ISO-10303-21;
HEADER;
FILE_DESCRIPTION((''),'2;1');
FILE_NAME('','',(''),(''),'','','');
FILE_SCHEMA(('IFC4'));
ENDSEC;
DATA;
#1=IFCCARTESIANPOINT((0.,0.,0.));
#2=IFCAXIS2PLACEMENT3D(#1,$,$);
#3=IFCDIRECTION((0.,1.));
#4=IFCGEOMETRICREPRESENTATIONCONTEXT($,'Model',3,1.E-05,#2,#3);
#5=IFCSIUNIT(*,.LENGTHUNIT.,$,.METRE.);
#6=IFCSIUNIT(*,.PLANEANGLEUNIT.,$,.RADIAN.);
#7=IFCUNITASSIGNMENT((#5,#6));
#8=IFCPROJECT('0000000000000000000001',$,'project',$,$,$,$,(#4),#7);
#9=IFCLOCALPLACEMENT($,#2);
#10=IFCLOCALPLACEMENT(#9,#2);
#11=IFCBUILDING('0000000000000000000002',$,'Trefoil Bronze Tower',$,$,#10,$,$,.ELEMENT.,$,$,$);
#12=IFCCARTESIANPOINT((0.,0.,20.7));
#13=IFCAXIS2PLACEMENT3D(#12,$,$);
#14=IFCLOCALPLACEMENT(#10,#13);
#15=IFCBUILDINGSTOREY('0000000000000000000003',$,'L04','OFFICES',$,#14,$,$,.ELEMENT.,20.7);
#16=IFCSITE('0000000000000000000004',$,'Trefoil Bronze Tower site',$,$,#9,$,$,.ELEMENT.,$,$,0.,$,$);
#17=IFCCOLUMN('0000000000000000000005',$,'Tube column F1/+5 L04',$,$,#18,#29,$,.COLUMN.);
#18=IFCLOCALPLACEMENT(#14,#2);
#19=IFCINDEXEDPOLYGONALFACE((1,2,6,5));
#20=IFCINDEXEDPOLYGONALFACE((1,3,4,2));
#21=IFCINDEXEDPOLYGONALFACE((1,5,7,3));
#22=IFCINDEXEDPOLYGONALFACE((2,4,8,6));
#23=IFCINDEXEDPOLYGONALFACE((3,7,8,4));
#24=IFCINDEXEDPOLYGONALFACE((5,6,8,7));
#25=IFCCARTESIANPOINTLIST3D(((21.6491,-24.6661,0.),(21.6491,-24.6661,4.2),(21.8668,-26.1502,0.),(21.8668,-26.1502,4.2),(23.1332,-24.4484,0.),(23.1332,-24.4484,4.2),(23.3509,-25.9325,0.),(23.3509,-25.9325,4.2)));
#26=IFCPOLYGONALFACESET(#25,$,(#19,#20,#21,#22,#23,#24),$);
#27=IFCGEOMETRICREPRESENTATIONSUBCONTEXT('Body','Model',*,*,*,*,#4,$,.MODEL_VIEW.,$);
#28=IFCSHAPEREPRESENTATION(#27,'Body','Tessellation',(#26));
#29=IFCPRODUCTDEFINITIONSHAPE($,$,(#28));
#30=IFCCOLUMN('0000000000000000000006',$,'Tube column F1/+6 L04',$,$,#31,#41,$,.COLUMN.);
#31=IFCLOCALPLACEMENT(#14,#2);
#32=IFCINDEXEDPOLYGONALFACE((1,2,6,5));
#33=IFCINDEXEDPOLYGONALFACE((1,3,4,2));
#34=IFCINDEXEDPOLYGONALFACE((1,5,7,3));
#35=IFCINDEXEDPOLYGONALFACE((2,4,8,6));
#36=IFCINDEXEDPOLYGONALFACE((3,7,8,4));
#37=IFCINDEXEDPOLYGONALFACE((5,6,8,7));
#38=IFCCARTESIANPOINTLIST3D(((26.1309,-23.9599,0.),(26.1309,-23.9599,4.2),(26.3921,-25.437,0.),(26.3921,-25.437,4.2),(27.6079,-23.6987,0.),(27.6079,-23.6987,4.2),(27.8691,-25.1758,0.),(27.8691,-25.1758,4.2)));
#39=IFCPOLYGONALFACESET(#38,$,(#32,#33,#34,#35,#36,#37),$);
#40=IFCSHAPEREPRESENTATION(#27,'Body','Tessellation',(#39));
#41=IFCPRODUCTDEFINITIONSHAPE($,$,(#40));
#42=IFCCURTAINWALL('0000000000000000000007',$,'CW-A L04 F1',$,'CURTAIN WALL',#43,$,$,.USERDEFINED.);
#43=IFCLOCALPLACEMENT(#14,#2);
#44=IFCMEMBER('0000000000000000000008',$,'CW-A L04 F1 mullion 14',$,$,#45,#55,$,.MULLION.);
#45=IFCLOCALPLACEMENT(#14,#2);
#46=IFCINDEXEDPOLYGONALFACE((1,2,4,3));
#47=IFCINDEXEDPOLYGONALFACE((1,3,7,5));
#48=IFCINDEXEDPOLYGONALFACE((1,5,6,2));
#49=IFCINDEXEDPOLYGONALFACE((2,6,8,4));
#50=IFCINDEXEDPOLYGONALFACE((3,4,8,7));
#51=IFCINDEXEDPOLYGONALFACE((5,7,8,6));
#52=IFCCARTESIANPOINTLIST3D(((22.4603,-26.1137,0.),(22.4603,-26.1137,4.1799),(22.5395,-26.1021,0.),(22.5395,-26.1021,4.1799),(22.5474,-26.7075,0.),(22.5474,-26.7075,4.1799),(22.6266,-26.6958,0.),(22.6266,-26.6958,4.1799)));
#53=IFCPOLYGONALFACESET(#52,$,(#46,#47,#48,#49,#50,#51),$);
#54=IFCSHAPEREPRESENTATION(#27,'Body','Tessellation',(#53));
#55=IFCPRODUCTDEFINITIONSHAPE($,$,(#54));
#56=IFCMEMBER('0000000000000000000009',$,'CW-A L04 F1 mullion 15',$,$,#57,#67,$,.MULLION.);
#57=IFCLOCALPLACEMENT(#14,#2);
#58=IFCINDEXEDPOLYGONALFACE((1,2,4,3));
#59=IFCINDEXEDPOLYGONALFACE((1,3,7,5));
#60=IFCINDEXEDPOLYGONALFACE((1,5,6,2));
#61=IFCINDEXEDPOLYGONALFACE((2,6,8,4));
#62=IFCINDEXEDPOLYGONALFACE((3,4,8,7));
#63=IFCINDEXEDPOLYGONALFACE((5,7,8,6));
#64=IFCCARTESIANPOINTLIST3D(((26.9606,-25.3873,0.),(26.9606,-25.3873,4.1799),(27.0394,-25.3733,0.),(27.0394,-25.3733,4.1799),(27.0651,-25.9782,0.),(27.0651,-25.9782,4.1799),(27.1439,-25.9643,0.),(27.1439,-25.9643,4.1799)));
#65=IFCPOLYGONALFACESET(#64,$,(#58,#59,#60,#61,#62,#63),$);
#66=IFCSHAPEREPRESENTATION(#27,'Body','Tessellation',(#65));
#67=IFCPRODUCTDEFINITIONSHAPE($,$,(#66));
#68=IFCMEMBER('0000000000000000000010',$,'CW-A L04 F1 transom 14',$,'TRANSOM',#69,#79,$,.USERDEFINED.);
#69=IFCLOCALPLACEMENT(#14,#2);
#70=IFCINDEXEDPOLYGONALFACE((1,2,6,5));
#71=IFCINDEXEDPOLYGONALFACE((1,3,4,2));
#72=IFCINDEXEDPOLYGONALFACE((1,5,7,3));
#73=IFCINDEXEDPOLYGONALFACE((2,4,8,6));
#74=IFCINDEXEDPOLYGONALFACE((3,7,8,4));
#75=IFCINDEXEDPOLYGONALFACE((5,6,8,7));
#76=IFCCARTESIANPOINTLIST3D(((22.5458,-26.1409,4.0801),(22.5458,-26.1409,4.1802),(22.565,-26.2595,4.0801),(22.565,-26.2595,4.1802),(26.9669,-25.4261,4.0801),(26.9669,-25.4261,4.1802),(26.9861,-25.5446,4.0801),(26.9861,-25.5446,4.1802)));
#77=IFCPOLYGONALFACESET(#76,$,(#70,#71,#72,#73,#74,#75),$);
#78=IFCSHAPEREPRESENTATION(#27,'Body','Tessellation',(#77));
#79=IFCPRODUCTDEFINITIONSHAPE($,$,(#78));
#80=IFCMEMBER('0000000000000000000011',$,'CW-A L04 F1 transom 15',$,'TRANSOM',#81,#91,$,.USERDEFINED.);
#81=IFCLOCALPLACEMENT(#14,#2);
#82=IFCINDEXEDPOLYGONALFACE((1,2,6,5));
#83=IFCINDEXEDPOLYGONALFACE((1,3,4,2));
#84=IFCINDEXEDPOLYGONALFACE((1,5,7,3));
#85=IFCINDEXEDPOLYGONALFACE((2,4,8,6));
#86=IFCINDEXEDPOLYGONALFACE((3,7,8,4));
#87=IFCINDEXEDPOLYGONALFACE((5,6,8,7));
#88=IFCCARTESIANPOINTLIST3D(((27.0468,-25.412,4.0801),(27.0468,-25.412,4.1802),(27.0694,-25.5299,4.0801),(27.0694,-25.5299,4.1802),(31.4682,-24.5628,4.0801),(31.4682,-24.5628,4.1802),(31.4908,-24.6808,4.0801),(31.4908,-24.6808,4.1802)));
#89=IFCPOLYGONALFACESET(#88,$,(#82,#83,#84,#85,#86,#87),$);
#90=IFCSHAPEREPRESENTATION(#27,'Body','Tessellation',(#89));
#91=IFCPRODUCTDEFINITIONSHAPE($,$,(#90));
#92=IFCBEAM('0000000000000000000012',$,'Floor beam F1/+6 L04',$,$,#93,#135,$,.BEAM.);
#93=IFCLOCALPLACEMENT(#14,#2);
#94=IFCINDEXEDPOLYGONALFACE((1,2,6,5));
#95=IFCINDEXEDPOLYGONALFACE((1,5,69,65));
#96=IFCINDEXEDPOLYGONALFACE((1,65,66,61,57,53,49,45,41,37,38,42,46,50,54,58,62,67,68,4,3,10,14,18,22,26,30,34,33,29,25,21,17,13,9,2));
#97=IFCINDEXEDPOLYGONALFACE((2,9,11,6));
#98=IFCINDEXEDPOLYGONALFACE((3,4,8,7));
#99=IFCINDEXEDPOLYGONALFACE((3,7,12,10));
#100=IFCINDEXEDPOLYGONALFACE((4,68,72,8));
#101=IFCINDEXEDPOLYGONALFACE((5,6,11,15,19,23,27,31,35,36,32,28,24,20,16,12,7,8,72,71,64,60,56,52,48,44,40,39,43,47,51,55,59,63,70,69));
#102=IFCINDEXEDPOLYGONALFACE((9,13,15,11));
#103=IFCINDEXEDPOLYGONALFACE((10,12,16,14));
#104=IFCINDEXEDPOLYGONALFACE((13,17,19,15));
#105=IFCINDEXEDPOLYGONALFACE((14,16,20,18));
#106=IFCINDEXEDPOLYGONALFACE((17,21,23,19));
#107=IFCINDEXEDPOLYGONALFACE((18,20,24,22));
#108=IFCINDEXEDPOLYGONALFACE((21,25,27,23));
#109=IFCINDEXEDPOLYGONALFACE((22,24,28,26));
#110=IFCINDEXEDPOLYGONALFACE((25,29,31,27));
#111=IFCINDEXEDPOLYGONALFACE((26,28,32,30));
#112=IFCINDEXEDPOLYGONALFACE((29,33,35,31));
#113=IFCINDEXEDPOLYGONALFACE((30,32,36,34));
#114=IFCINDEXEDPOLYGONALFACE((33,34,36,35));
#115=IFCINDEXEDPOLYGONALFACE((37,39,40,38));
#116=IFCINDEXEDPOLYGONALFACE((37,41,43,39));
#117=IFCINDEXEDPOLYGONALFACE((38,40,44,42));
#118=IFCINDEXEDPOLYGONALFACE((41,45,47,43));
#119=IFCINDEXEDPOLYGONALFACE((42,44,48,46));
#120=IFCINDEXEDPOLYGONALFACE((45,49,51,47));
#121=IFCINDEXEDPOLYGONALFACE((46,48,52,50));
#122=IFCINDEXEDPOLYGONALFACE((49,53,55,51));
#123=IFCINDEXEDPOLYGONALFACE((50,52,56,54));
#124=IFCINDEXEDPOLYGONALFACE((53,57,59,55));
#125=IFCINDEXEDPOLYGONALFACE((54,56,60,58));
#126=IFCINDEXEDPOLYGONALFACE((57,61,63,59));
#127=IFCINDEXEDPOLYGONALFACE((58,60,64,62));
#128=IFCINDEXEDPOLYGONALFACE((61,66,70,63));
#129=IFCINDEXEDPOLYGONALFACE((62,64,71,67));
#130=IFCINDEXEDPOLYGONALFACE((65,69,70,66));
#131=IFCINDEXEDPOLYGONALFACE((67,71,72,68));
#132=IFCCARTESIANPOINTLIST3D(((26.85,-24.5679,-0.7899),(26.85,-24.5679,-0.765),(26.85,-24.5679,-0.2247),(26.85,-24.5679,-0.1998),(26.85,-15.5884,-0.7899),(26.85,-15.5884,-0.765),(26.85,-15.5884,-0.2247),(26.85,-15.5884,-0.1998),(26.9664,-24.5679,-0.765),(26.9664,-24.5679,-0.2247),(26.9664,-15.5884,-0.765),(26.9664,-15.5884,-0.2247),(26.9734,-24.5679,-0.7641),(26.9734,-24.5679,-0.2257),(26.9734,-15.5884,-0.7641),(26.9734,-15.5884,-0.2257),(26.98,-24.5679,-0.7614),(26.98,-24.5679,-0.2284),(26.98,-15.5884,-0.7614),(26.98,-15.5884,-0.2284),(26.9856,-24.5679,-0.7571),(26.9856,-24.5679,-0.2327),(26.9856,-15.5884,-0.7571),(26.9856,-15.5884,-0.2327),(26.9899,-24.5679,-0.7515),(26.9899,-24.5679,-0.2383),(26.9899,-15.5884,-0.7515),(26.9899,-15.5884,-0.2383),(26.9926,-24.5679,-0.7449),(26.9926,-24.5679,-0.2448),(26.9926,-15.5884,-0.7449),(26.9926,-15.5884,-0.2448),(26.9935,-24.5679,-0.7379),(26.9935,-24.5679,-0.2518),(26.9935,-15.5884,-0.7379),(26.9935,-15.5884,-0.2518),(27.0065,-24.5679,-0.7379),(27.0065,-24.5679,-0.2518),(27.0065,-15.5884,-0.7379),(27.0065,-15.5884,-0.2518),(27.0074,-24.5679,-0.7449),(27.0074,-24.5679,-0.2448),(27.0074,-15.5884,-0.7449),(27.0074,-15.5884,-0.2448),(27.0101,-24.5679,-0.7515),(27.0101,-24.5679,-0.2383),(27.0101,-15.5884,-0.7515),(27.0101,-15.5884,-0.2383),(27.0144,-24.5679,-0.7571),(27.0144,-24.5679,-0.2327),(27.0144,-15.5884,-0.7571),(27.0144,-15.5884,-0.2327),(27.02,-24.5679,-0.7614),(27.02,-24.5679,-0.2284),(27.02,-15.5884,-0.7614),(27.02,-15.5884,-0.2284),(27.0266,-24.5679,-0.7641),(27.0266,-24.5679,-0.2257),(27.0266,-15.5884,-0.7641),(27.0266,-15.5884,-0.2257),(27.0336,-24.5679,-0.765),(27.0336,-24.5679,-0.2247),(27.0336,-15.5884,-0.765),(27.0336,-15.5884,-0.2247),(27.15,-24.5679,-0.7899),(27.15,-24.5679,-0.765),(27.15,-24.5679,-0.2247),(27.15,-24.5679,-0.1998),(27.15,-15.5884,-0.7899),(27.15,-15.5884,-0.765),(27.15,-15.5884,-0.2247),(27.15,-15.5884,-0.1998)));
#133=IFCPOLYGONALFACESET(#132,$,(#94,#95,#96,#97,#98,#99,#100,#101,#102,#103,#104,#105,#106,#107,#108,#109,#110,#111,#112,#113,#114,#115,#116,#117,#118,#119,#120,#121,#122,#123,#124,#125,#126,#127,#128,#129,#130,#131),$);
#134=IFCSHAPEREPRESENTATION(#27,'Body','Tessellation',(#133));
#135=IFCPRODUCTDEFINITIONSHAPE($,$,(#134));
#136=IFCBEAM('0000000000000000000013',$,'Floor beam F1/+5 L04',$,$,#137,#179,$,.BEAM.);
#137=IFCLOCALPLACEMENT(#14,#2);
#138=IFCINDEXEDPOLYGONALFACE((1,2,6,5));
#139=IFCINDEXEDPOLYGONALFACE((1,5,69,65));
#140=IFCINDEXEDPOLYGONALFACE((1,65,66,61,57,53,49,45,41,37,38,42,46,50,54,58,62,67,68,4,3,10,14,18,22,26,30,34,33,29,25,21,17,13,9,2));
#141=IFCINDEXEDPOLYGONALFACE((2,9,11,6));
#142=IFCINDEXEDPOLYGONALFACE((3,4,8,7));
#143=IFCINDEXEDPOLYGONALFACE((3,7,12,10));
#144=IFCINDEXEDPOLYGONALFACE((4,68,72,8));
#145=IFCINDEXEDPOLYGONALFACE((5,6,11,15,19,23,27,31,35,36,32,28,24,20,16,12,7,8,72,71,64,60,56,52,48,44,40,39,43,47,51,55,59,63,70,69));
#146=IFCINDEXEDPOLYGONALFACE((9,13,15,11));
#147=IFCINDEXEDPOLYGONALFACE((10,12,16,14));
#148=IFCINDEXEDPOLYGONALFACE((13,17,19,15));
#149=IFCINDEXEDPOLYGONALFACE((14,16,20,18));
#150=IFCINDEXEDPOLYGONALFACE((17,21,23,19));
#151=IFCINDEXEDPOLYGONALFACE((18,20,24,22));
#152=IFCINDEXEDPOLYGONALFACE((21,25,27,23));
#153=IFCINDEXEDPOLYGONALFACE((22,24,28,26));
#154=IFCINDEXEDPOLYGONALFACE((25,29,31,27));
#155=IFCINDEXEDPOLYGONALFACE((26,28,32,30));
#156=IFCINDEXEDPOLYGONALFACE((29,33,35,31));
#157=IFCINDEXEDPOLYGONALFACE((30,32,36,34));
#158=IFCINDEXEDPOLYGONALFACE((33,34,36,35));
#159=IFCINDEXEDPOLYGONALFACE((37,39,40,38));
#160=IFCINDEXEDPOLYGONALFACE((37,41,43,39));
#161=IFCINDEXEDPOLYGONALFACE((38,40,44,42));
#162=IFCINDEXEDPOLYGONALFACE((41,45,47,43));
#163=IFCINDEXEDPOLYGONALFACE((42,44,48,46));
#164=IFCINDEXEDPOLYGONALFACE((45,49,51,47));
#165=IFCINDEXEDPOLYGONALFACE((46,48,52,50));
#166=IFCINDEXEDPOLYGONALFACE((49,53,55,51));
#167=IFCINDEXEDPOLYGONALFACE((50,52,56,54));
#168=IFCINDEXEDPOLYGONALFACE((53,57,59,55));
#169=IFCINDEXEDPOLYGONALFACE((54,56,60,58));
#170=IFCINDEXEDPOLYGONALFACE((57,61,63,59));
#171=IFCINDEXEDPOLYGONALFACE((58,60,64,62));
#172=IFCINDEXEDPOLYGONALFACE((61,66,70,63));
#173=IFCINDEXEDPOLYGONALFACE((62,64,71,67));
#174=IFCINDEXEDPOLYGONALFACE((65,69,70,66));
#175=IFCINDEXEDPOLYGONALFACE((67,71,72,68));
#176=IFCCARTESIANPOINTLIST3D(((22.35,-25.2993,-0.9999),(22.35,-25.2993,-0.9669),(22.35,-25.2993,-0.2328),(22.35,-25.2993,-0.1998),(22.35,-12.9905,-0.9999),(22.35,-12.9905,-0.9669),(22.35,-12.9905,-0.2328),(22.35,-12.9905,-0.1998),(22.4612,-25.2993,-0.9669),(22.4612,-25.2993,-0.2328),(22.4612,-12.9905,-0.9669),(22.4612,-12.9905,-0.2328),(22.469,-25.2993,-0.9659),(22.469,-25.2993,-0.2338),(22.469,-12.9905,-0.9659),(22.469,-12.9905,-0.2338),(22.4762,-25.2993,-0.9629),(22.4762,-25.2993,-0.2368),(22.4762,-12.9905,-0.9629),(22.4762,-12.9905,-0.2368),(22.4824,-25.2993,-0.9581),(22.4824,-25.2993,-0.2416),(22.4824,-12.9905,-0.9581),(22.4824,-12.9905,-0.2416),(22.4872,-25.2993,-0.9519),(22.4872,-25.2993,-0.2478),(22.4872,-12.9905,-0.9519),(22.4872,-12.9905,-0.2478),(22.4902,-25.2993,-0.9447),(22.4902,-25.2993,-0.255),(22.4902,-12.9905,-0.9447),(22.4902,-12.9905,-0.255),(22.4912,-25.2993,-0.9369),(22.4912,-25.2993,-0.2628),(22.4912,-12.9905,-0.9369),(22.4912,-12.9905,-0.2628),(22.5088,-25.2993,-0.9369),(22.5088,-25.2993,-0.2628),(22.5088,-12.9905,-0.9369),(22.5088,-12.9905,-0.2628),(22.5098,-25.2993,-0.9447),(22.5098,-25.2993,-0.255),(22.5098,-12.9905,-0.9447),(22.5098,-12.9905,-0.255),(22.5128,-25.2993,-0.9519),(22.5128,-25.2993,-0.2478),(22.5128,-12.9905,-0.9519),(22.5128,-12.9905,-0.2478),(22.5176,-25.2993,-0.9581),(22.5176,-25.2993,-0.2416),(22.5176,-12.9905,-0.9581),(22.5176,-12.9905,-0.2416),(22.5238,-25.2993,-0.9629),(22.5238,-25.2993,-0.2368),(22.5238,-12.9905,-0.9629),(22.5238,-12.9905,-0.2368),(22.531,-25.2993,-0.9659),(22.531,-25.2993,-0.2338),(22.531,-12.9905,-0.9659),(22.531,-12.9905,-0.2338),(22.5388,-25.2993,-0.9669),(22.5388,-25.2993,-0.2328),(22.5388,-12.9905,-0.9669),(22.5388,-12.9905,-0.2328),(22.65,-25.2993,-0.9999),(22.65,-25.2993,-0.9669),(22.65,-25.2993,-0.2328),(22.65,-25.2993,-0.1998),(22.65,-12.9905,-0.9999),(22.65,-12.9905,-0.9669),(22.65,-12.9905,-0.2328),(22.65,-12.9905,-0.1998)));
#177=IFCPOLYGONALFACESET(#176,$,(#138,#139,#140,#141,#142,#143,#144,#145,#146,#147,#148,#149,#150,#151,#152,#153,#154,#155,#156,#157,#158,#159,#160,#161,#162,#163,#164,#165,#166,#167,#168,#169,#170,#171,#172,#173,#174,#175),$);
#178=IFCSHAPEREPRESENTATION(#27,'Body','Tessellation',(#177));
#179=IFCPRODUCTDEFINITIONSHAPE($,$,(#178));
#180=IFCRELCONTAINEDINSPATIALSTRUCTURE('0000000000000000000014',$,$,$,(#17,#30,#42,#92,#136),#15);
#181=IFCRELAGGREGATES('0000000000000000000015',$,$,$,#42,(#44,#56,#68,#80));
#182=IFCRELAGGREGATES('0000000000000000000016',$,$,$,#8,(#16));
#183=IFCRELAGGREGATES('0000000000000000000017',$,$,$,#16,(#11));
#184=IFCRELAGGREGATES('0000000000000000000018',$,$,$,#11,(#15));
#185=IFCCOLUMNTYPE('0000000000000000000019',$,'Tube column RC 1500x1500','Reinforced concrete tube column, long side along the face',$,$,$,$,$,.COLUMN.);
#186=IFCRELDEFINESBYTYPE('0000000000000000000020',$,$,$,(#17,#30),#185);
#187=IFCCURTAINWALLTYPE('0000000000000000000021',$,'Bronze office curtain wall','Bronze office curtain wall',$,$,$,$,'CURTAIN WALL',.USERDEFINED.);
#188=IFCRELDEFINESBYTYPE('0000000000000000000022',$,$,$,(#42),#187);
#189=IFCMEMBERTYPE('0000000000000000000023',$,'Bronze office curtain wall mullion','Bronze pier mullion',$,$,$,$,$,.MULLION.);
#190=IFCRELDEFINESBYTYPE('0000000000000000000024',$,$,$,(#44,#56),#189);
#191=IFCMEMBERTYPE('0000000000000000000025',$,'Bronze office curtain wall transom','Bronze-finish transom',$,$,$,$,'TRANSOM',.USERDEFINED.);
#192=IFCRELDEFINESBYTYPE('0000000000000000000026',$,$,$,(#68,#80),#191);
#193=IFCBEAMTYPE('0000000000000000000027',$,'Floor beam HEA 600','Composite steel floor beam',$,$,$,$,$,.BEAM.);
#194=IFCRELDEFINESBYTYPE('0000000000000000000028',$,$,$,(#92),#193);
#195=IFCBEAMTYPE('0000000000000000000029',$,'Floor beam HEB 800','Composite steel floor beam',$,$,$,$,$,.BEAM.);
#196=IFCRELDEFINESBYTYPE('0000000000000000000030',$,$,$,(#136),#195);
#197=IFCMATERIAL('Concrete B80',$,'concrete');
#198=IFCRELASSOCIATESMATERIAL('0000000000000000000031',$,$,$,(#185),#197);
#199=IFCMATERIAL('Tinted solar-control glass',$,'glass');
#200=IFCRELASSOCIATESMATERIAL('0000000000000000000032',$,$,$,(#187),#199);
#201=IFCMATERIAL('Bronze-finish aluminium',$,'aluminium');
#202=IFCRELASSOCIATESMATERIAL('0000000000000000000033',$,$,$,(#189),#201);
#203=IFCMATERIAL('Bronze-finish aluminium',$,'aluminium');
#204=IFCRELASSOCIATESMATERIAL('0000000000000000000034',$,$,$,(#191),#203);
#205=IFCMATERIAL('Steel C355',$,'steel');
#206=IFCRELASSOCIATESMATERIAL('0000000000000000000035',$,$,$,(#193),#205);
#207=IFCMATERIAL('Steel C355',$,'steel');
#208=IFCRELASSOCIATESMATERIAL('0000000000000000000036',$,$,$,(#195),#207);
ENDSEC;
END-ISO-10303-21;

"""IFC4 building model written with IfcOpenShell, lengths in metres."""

from ifc_helpers import new_model, si_unit, direction, frame, origin, origin_2d, place, context, subcontext, project, spatial, rectangle, i_section, extrude, material, material_profile, profile_set, type_object, element, aggregate, save


model = new_model("IFC4")

# Units and contexts
model_context = context("Model", 3, precision=1e-05, world=origin(), true_north=direction((0.0, 1.0)))
body_context = subcontext(model_context, "Body", "Model", "MODEL_VIEW")
ifc_project = project(units=[si_unit("LENGTHUNIT", "METRE"), si_unit("PLANEANGLEUNIT", "RADIAN")], contexts=[model_context])

# Site, building, storey
site_placement = place(None, origin())
site = spatial("IfcSite", under=ifc_project, at=site_placement, Name="Trefoil Bronze Tower site", CompositionType="ELEMENT", RefElevation=0.0)
building_placement = place(site_placement, origin())
building = spatial("IfcBuilding", under=site, at=building_placement, Name="Trefoil Bronze Tower", CompositionType="ELEMENT")
storey_placement = place(building_placement, frame((0.0, 0.0, 20.7)))
storey = spatial("IfcBuildingStorey", under=building, at=storey_placement, Name="L04", Description="OFFICES", CompositionType="ELEMENT", Elevation=20.7)

# Columns
ifc_material_1 = material(Name="Concrete B80", Category="concrete")
ifc_material_profile_1 = material_profile(ifc_material_1, rectangle(XDim=1.5, YDim=1.5, at=origin_2d()), Name="RC 1500x1500")
ifc_profile_set_1 = profile_set([ifc_material_profile_1], Name="Concrete B80")
column_type = type_object("IfcColumnType", Name="Tube column RC 1500x1500", Description="Reinforced concrete tube column, long side along the face", PredefinedType="COLUMN", material=ifc_profile_set_1)
for number, where, z_axis, x_axis, name in (
    (1, (22.5, -25.2993, 0.0), (0.0, 0.0, 1.0), (0.989416, 0.145109, 0.0), "Tube column F1/+5 L04"),
    (2, (27.0, -24.5679, 0.0), (0.0, 0.0, 1.0), (0.984722, 0.174131, 0.0), "Tube column F1/+6 L04"),
):
    element("IfcColumn", number, at=place(storey_placement, frame(where, z_axis=z_axis, x_axis=x_axis)), inside=storey, type_object=column_type, Name=name, PredefinedType="COLUMN", context=body_context, shape_type="SweptSolid", body=[
        extrude(rectangle(XDim=1.5, YDim=1.5, at=origin_2d()), origin(), (0.0, 0.0, 1.0), 4.2),
    ])

# Curtain wall, members
ifc_material_2 = material(Name="Tinted solar-control glass", Category="glass")
curtain_wall_type = type_object("IfcCurtainWallType", Name="Bronze office curtain wall", Description="Bronze office curtain wall", ElementType="CURTAIN WALL", PredefinedType="USERDEFINED", material=ifc_material_2)
curtain_wall_placement = place(storey_placement, origin())
curtain_wall = element("IfcCurtainWall", 3, at=curtain_wall_placement, inside=storey, type_object=curtain_wall_type, Name="CW-A L04 F1", ObjectType="CURTAIN WALL", PredefinedType="USERDEFINED")
ifc_material_3 = material(Name="Bronze-finish aluminium", Category="aluminium")
ifc_material_profile_2 = material_profile(ifc_material_3, rectangle(XDim=0.6001, YDim=0.0801, at=origin_2d()), Name="CW-A mullion")
ifc_profile_set_2 = profile_set([ifc_material_profile_2], Name="Bronze-finish aluminium")
member_type_1 = type_object("IfcMemberType", Name="Bronze office curtain wall mullion", Description="Bronze pier mullion", PredefinedType="MULLION", material=ifc_profile_set_2)
member_1_placement = place(storey_placement, frame((22.5435, -26.4048, 0.0), z_axis=(0.0, 0.0, 1.0), x_axis=(-0.145109, 0.989416, 0.0)))
member_1 = element("IfcMember", 4, at=member_1_placement, type_object=member_type_1, Name="CW-A L04 F1 mullion 14", PredefinedType="MULLION", context=body_context, shape_type="SweptSolid", body=[
    extrude(rectangle(XDim=0.6001, YDim=0.0801, at=origin_2d()), origin(), (0.0, 0.0, 1.0), 4.1799),
])
member_2_placement = place(storey_placement, frame((27.0522, -25.6758, 0.0), z_axis=(0.0, 0.0, 1.0), x_axis=(-0.174131, 0.984722, 0.0)))
member_2 = element("IfcMember", 5, at=member_2_placement, type_object=member_type_1, Name="CW-A L04 F1 mullion 15", PredefinedType="MULLION", context=body_context, shape_type="SweptSolid", body=[
    extrude(rectangle(XDim=0.6001, YDim=0.0801, at=origin_2d()), origin(), (0.0, 0.0, 1.0), 4.1799),
])
ifc_material_4 = material(Name="Bronze-finish aluminium", Category="aluminium")
ifc_material_profile_3 = material_profile(ifc_material_4, rectangle(XDim=0.1201, YDim=0.1001, at=origin_2d()), Name="CW-A transom")
ifc_profile_set_3 = profile_set([ifc_material_profile_3], Name="Bronze-finish aluminium")
member_type_2 = type_object("IfcMemberType", Name="Bronze office curtain wall transom", Description="Bronze-finish transom", ElementType="TRANSOM", PredefinedType="USERDEFINED", material=ifc_profile_set_3)
member_3_placement = place(storey_placement, frame((22.5554, -26.2002, 4.1301), z_axis=(0.987179, 0.159615, 0.0), x_axis=(-0.159615, 0.987179, 0.0)))
member_3 = element("IfcMember", 6, at=member_3_placement, type_object=member_type_2, Name="CW-A L04 F1 transom 14", ObjectType="TRANSOM", PredefinedType="USERDEFINED", context=body_context, shape_type="SweptSolid", body=[
    extrude(rectangle(XDim=0.1201, YDim=0.1001, at=origin_2d()), origin(), (0.0, 0.0, 1.0), 4.4785),
])
member_4_placement = place(storey_placement, frame((27.0581, -25.4709, 4.1301), z_axis=(0.982054, 0.188602, 0.0), x_axis=(-0.188602, 0.982054, 0.0)))
member_4 = element("IfcMember", 7, at=member_4_placement, type_object=member_type_2, Name="CW-A L04 F1 transom 15", ObjectType="TRANSOM", PredefinedType="USERDEFINED", context=body_context, shape_type="SweptSolid", body=[
    extrude(rectangle(XDim=0.1201, YDim=0.1001, at=origin_2d()), origin(), (0.0, 0.0, 1.0), 4.5022),
])

# Beams
ifc_material_5 = material(Name="Steel C355", Category="steel")
ifc_material_profile_4 = material_profile(ifc_material_5, i_section(OverallWidth=0.3, OverallDepth=0.5901, WebThickness=0.0129, FlangeThickness=0.0249, FilletRadius=0.0271, at=origin_2d()), Name="HEA 600")
ifc_profile_set_4 = profile_set([ifc_material_profile_4], Name="Steel C355")
beam_type_1 = type_object("IfcBeamType", Name="Floor beam HEA 600", Description="Composite steel floor beam", PredefinedType="BEAM", material=ifc_profile_set_4)
beam_1_placement = place(storey_placement, frame((27.0, -24.5679, -0.4949), z_axis=(0.0, 1.0, 0.0), x_axis=(-1.0, 0.0, 0.0)))
element("IfcBeam", 8, at=beam_1_placement, inside=storey, type_object=beam_type_1, Name="Floor beam F1/+6 L04", PredefinedType="BEAM", context=body_context, shape_type="SweptSolid", body=[
    extrude(i_section(OverallWidth=0.3, OverallDepth=0.5901, WebThickness=0.0129, FlangeThickness=0.0249, FilletRadius=0.0271, at=origin_2d()), origin(), (0.0, 0.0, 1.0), 8.9795),
])
ifc_material_6 = material(Name="Steel C355", Category="steel")
ifc_material_profile_5 = material_profile(ifc_material_6, i_section(OverallWidth=0.3, OverallDepth=0.8, WebThickness=0.0176, FlangeThickness=0.033, FilletRadius=0.03, at=origin_2d()), Name="HEB 800")
ifc_profile_set_5 = profile_set([ifc_material_profile_5], Name="Steel C355")
beam_type_2 = type_object("IfcBeamType", Name="Floor beam HEB 800", Description="Composite steel floor beam", PredefinedType="BEAM", material=ifc_profile_set_5)
beam_2_placement = place(storey_placement, frame((22.5, -25.2993, -0.5999), z_axis=(0.0, 1.0, 0.0), x_axis=(-1.0, 0.0, 0.0)))
element("IfcBeam", 9, at=beam_2_placement, inside=storey, type_object=beam_type_2, Name="Floor beam F1/+5 L04", PredefinedType="BEAM", context=body_context, shape_type="SweptSolid", body=[
    extrude(i_section(OverallWidth=0.3, OverallDepth=0.8, WebThickness=0.0176, FlangeThickness=0.033, FilletRadius=0.03, at=origin_2d()), origin(), (0.0, 0.0, 1.0), 12.3088),
])

aggregate(curtain_wall, [member_1, member_2, member_3, member_4])

save(model, "model.ifc")
